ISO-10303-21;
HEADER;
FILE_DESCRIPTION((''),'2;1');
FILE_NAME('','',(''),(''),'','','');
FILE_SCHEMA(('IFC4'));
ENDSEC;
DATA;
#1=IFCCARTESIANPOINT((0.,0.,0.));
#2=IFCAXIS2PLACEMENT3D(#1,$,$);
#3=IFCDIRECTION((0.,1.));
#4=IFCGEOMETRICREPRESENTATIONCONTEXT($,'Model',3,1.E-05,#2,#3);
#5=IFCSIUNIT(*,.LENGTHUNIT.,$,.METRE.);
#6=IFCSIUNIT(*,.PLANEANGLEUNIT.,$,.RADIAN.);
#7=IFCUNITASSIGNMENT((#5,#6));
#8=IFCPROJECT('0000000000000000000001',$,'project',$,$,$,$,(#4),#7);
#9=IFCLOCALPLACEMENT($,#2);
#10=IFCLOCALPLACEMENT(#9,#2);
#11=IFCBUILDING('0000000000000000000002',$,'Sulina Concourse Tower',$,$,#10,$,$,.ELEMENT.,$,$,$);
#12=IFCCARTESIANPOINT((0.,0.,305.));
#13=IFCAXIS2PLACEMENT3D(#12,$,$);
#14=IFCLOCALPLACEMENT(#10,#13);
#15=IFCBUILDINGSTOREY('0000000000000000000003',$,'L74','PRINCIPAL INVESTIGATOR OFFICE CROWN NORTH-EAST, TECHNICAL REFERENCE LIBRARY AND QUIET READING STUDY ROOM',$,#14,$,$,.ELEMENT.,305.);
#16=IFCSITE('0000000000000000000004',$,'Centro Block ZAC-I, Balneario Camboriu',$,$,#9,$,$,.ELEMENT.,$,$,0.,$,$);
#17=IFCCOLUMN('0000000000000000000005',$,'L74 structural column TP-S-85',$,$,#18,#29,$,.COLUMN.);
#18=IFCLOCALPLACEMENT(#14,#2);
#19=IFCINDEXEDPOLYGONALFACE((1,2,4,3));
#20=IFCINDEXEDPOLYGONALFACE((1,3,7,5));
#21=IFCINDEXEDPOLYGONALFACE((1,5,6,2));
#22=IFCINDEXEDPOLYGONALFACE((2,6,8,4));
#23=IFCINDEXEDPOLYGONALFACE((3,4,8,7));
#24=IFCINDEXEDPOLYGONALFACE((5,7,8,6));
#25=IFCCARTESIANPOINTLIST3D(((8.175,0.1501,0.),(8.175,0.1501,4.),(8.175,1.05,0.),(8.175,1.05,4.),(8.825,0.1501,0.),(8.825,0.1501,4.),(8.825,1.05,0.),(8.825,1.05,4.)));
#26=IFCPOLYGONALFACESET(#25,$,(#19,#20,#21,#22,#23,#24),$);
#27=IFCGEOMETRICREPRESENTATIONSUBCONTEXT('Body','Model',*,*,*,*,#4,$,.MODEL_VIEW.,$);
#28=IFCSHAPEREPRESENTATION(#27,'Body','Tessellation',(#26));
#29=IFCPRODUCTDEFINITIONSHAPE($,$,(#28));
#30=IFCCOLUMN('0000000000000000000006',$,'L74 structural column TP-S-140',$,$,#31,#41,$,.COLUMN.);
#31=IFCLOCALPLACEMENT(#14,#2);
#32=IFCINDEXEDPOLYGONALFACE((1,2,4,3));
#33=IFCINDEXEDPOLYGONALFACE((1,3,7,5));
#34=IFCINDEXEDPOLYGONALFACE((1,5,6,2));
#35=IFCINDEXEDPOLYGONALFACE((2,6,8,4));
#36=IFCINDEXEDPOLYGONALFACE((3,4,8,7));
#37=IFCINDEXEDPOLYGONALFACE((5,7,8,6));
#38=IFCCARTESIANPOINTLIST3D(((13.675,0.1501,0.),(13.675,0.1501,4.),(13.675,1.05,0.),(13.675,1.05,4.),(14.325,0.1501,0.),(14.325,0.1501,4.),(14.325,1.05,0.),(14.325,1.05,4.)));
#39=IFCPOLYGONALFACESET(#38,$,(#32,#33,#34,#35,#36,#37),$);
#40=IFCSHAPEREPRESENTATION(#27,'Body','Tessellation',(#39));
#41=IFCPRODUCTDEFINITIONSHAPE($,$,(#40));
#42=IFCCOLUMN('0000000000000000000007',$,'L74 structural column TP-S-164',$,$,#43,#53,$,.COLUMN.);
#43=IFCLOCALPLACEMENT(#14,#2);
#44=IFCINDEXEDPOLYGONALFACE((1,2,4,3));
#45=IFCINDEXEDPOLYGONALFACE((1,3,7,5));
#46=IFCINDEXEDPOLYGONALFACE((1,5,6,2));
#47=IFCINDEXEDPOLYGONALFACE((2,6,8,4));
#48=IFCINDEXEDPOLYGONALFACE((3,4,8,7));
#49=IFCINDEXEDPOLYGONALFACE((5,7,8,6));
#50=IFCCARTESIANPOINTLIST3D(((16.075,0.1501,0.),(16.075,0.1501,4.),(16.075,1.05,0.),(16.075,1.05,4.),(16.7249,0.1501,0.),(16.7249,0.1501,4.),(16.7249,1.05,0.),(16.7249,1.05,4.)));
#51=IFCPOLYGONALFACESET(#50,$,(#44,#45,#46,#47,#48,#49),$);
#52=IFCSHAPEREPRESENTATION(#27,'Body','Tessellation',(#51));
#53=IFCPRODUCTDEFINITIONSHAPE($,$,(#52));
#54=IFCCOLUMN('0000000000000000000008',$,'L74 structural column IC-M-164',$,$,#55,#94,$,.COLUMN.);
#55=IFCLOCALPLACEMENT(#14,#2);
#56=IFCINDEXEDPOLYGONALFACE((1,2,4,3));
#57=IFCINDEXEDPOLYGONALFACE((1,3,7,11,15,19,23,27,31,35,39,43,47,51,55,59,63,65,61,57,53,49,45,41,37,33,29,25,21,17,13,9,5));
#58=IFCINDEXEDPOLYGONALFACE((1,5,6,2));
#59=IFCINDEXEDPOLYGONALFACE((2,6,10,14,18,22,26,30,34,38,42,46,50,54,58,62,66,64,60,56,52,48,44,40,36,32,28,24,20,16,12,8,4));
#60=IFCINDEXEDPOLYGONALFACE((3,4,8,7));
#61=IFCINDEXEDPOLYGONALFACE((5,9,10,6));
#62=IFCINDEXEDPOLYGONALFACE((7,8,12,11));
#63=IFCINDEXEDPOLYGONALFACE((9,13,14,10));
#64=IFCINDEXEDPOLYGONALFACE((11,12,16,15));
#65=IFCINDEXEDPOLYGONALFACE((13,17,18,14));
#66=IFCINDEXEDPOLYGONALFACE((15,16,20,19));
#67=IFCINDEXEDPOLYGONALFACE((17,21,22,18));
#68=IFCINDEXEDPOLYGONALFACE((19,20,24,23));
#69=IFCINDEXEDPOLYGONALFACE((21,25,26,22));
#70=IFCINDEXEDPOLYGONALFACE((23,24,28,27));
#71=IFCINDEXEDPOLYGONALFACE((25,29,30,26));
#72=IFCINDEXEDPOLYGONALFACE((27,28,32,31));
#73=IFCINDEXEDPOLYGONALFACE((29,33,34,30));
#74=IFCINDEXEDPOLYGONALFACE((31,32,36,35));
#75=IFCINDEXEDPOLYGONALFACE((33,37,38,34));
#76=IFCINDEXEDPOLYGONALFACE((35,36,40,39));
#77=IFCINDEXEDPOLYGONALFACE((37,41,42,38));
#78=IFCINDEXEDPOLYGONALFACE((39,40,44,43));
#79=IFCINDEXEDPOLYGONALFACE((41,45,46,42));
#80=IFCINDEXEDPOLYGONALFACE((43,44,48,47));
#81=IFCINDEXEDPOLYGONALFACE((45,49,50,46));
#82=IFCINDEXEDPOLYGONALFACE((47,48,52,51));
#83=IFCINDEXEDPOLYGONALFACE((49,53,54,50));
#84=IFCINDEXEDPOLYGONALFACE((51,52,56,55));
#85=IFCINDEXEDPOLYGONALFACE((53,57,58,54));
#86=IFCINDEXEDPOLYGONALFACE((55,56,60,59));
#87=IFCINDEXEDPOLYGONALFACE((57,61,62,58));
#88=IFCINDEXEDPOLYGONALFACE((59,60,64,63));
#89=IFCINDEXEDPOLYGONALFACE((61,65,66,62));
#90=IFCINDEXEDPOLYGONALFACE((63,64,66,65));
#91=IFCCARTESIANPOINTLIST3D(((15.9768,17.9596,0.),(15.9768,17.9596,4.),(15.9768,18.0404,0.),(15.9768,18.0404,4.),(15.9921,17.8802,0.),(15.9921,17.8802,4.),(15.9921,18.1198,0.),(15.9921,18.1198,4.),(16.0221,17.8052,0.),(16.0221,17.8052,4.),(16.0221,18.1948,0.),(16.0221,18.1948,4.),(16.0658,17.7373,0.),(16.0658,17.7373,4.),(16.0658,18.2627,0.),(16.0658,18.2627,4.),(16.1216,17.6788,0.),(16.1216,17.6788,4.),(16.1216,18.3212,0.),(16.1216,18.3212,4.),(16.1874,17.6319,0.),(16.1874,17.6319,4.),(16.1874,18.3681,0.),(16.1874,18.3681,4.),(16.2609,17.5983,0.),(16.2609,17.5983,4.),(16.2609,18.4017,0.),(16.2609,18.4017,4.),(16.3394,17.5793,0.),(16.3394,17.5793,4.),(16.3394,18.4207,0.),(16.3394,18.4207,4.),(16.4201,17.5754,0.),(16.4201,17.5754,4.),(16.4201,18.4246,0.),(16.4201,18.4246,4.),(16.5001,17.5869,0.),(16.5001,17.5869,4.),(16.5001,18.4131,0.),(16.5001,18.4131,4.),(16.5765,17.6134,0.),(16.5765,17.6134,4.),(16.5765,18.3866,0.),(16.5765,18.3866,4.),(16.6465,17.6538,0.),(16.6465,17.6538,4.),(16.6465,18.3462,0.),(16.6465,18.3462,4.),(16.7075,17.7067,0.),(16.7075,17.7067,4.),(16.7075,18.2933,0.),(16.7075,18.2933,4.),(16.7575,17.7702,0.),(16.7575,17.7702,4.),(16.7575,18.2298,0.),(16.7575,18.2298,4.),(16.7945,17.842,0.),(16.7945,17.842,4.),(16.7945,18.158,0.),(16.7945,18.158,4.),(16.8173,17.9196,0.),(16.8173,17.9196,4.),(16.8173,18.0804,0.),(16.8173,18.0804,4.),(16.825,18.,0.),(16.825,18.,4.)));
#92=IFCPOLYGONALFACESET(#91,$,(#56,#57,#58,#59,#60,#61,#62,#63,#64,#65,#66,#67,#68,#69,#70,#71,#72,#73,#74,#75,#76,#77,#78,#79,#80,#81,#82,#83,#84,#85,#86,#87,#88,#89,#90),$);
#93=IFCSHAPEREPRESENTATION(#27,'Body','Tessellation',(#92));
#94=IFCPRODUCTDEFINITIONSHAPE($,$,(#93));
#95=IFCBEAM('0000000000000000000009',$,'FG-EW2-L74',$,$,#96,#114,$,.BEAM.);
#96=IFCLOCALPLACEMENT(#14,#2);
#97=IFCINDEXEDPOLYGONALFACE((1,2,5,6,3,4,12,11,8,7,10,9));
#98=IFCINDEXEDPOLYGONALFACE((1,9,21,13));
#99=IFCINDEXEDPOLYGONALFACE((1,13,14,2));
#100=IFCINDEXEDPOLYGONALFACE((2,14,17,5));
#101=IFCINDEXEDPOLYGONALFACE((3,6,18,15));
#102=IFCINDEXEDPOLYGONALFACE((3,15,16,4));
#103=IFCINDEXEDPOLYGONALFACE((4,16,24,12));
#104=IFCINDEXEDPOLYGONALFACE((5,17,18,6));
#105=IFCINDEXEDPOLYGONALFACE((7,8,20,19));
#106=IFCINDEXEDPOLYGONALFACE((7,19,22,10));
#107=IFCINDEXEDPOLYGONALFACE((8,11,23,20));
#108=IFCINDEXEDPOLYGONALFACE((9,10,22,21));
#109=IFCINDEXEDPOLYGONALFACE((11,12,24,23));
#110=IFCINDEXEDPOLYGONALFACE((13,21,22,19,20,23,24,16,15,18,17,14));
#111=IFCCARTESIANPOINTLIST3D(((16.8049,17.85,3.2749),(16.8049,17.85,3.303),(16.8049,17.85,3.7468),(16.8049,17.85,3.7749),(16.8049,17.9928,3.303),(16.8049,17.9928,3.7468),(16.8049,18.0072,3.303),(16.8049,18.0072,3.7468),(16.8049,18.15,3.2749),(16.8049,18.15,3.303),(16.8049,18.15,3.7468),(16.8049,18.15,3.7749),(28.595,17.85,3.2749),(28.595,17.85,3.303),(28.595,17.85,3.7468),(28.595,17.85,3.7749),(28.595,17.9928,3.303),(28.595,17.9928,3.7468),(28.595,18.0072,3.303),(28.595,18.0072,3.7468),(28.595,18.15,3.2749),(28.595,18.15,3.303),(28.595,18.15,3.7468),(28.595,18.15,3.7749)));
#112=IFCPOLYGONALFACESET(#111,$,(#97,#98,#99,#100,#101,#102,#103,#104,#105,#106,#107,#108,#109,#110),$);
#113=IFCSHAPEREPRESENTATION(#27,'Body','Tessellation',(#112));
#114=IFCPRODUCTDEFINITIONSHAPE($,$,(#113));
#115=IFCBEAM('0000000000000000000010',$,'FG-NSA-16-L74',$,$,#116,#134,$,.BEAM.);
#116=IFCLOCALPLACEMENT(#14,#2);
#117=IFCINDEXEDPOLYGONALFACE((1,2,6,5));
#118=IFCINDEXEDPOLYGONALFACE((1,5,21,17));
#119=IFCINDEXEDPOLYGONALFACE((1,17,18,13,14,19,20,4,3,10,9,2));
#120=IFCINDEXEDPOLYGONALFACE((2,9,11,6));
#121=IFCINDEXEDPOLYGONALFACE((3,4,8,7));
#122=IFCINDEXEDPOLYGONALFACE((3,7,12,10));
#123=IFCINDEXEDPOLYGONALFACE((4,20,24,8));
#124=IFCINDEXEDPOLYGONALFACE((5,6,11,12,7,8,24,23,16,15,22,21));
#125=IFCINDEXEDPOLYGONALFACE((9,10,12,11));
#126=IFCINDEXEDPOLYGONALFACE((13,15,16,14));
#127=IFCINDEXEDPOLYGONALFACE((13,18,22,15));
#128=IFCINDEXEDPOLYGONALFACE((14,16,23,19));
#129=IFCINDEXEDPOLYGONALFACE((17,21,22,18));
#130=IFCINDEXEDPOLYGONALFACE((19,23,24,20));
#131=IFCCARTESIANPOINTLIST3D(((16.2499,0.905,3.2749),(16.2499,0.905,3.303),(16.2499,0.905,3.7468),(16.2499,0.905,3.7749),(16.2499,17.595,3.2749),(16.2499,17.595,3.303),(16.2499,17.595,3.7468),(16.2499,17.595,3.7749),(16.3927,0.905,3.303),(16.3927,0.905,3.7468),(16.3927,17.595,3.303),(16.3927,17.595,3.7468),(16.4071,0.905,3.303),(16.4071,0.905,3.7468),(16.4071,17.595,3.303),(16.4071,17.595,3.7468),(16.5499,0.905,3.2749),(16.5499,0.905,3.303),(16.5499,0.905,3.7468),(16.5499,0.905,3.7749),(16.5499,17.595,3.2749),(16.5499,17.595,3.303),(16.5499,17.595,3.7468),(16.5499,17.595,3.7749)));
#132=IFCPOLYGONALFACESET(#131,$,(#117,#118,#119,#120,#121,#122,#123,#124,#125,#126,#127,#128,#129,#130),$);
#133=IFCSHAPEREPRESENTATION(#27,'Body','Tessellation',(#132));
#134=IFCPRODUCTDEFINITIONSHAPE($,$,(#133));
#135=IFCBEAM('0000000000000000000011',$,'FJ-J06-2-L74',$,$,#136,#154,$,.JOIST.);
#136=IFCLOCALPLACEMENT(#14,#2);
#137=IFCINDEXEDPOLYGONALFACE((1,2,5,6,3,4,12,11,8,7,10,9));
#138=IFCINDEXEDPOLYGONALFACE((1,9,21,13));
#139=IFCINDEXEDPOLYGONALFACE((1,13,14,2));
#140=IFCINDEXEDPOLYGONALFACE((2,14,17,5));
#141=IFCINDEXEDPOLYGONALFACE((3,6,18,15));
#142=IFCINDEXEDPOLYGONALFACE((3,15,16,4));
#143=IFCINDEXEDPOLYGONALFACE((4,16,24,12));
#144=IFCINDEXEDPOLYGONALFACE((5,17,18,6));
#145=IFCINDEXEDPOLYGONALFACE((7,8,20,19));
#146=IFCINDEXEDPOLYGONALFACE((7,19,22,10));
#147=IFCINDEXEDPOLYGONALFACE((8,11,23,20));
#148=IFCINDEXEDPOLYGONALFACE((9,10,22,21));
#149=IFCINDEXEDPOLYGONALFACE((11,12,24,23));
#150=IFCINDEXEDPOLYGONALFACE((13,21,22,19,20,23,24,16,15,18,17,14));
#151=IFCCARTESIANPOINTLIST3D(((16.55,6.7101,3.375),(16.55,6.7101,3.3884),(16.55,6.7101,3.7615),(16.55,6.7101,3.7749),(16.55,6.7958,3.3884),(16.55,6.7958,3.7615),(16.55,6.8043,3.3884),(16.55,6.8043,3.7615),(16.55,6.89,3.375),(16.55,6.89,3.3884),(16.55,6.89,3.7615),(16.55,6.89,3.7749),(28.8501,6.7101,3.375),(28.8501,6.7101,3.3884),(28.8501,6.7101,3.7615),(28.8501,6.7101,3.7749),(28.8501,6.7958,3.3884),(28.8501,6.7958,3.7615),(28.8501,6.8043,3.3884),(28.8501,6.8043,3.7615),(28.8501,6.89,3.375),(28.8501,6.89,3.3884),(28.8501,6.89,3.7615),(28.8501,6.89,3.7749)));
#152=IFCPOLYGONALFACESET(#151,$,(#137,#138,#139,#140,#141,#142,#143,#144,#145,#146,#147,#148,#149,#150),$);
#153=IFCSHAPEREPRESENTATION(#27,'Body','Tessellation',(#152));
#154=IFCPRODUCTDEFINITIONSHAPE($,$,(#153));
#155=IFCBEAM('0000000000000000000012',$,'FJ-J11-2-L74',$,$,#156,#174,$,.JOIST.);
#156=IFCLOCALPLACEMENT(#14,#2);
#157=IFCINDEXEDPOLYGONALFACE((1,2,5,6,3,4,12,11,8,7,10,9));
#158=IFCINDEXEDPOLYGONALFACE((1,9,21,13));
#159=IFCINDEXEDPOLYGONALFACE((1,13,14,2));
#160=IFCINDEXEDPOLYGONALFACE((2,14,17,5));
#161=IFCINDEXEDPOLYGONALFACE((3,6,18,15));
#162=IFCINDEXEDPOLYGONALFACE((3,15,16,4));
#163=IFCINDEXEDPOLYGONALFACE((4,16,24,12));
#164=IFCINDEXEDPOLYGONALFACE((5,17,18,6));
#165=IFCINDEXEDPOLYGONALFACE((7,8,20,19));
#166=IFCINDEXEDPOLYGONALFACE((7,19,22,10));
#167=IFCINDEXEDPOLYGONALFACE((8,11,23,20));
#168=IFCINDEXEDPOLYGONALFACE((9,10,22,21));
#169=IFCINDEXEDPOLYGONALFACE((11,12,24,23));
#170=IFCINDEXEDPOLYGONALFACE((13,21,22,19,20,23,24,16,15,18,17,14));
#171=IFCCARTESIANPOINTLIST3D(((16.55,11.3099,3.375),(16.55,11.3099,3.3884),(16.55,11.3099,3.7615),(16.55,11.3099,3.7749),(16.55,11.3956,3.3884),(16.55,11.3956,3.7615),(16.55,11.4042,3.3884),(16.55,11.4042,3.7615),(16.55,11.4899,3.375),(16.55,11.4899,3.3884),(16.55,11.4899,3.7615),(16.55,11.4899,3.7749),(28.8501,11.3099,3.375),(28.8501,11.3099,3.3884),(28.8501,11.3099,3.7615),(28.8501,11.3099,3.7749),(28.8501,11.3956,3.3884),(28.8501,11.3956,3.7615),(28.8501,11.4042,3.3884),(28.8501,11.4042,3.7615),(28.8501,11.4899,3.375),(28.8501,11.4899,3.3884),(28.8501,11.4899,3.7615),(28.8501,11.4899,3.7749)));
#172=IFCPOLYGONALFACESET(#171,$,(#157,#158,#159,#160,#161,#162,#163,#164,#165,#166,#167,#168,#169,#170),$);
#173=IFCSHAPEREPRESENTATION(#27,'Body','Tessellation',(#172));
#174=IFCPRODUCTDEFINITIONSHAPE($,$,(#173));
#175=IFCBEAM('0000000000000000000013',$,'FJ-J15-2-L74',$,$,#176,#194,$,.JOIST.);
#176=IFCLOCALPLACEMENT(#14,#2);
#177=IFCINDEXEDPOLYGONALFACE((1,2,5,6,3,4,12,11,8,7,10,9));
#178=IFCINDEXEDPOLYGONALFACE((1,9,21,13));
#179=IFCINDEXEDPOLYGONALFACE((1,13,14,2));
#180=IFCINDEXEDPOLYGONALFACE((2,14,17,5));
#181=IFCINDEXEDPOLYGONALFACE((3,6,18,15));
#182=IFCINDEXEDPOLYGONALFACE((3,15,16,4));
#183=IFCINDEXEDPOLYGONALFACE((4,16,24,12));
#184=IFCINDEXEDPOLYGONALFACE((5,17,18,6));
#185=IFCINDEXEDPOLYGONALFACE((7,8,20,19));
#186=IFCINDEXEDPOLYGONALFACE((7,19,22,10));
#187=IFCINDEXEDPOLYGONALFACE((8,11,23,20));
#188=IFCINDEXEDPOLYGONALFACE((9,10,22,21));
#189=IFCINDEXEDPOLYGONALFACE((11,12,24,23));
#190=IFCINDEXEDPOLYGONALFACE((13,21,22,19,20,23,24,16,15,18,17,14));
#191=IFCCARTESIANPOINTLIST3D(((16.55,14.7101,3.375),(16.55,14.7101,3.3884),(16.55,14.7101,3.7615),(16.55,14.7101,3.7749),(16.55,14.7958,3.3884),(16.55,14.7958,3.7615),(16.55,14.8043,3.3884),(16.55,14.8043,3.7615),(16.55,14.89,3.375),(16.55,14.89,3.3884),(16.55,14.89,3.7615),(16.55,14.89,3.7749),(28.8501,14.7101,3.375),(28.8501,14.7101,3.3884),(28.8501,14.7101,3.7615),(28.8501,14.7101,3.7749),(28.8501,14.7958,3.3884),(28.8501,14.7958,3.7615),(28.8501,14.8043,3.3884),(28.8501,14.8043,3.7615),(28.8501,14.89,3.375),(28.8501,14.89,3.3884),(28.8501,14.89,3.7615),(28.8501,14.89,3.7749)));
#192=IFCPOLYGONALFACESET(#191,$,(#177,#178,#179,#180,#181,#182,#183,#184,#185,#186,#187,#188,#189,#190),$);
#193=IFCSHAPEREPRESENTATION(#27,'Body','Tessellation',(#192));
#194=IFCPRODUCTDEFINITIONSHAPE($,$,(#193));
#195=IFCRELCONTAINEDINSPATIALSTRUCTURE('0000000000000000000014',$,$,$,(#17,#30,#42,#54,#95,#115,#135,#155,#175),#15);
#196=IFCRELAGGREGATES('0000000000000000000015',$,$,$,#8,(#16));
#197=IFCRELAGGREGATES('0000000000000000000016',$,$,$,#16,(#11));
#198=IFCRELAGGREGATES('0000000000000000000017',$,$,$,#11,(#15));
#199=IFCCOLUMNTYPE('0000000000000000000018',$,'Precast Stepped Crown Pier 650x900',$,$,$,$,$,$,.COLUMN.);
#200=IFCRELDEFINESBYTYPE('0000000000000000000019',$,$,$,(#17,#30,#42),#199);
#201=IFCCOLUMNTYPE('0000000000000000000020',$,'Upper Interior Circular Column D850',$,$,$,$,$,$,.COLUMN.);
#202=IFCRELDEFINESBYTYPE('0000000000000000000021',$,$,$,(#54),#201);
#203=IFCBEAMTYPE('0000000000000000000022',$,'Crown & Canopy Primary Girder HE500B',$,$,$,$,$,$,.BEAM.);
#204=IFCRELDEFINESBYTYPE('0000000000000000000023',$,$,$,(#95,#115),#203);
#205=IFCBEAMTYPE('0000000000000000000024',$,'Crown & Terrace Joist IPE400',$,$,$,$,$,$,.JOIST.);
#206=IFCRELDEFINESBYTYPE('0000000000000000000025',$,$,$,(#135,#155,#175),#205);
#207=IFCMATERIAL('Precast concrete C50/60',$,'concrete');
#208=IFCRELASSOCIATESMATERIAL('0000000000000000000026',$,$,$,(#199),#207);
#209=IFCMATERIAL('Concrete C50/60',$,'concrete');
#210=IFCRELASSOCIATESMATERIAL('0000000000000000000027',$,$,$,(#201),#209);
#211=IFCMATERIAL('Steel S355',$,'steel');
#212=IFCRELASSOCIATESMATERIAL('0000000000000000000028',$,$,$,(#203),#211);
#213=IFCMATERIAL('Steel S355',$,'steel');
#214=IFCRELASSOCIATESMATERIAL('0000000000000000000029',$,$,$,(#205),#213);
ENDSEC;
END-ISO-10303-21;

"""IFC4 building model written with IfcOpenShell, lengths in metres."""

from ifc_helpers import new_model, si_unit, direction, frame, origin, origin_2d, place, context, subcontext, project, spatial, rectangle, circle, i_section, extrude, material, material_profile, profile_set, type_object, element, save


model = new_model("IFC4")

# Units and contexts
model_context = context("Model", 3, precision=1e-05, world=origin(), true_north=direction((0.0, 1.0)))
body_context = subcontext(model_context, "Body", "Model", "MODEL_VIEW")
ifc_project = project(units=[si_unit("LENGTHUNIT", "METRE"), si_unit("PLANEANGLEUNIT", "RADIAN")], contexts=[model_context])

# Site, building, storey
site_placement = place(None, origin())
site = spatial("IfcSite", under=ifc_project, at=site_placement, Name="Centro Block ZAC-I, Balneario Camboriu", CompositionType="ELEMENT", RefElevation=0.0)
building_placement = place(site_placement, origin())
building = spatial("IfcBuilding", under=site, at=building_placement, Name="Sulina Concourse Tower", CompositionType="ELEMENT")
storey_placement = place(building_placement, frame((0.0, 0.0, 305.0)))
storey = spatial("IfcBuildingStorey", under=building, at=storey_placement, Name="L74", Description="PRINCIPAL INVESTIGATOR OFFICE CROWN NORTH-EAST, TECHNICAL REFERENCE LIBRARY AND QUIET READING STUDY ROOM", CompositionType="ELEMENT", Elevation=305.0)

# Columns
ifc_material_1 = material(Name="Precast concrete C50/60", Category="concrete")
ifc_material_profile_1 = material_profile(ifc_material_1, rectangle(XDim=0.6499, YDim=0.8999, at=origin_2d()), Name="PC 650x900")
ifc_profile_set_1 = profile_set([ifc_material_profile_1], Name="Precast concrete C50/60")
column_type_1 = type_object("IfcColumnType", Name="Precast Stepped Crown Pier 650x900", PredefinedType="COLUMN", material=ifc_profile_set_1)
for number, where, z_axis, x_axis, name in (
    (1, (8.5, 0.6001, 0.0), (0.0, 0.0, 1.0), (1.0, 0.0, 0.0), "L74 structural column TP-S-85"),
    (2, (14.0, 0.6001, 0.0), (0.0, 0.0, 1.0), (1.0, 0.0, 0.0), "L74 structural column TP-S-140"),
    (3, (16.3999, 0.6001, 0.0), (0.0, 0.0, 1.0), (1.0, 0.0, 0.0), "L74 structural column TP-S-164"),
):
    element("IfcColumn", number, at=place(storey_placement, frame(where, z_axis=z_axis, x_axis=x_axis)), inside=storey, type_object=column_type_1, Name=name, PredefinedType="COLUMN", context=body_context, shape_type="SweptSolid", body=[
        extrude(rectangle(XDim=0.6499, YDim=0.8999, at=origin_2d()), origin(), (0.0, 0.0, 1.0), 4.0),
    ])
ifc_material_2 = material(Name="Concrete C50/60", Category="concrete")
ifc_material_profile_2 = material_profile(ifc_material_2, circle(Radius=0.425, at=origin_2d()), Name="RC D850")
ifc_profile_set_2 = profile_set([ifc_material_profile_2], Name="Concrete C50/60")
column_type_2 = type_object("IfcColumnType", Name="Upper Interior Circular Column D850", PredefinedType="COLUMN", material=ifc_profile_set_2)
column_placement = place(storey_placement, frame((16.3999, 18.0, 0.0), z_axis=(0.0, 0.0, 1.0), x_axis=(1.0, 0.0, 0.0)))
element("IfcColumn", 4, at=column_placement, inside=storey, type_object=column_type_2, Name="L74 structural column IC-M-164", PredefinedType="COLUMN", context=body_context, shape_type="SweptSolid", body=[
    extrude(circle(Radius=0.425, at=origin_2d()), origin(), (0.0, 0.0, 1.0), 4.0),
])

# Beams
ifc_material_3 = material(Name="Steel S355", Category="steel")
ifc_material_profile_3 = material_profile(ifc_material_3, i_section(OverallWidth=0.3, OverallDepth=0.5, WebThickness=0.0144, FlangeThickness=0.0281, at=origin_2d()), Name="HE 500 B")
ifc_profile_set_3 = profile_set([ifc_material_profile_3], Name="Steel S355")
beam_type_1 = type_object("IfcBeamType", Name="Crown & Canopy Primary Girder HE500B", PredefinedType="BEAM", material=ifc_profile_set_3)
beam_1_placement = place(storey_placement, frame((16.8049, 18.0, 3.5249), z_axis=(1.0, 0.0, 0.0), x_axis=(0.0, 1.0, 0.0)))
element("IfcBeam", 5, at=beam_1_placement, inside=storey, type_object=beam_type_1, Name="FG-EW2-L74", PredefinedType="BEAM", context=body_context, shape_type="SweptSolid", body=[
    extrude(i_section(OverallWidth=0.3, OverallDepth=0.5, WebThickness=0.0144, FlangeThickness=0.0281, at=origin_2d()), origin(), (0.0, 0.0, 1.0), 11.79),
])
beam_2_placement = place(storey_placement, frame((16.3999, 0.905, 3.5249), z_axis=(0.0, 1.0, 0.0), x_axis=(-1.0, 0.0, 0.0)))
element("IfcBeam", 6, at=beam_2_placement, inside=storey, type_object=beam_type_1, Name="FG-NSA-16-L74", PredefinedType="BEAM", context=body_context, shape_type="SweptSolid", body=[
    extrude(i_section(OverallWidth=0.3, OverallDepth=0.5, WebThickness=0.0144, FlangeThickness=0.0281, at=origin_2d()), origin(), (0.0, 0.0, 1.0), 16.6899),
])
ifc_material_4 = material(Name="Steel S355", Category="steel")
ifc_material_profile_4 = material_profile(ifc_material_4, i_section(OverallWidth=0.1799, OverallDepth=0.3999, WebThickness=0.0085, FlangeThickness=0.0134, at=origin_2d()), Name="IPE 400")
ifc_profile_set_4 = profile_set([ifc_material_profile_4], Name="Steel S355")
beam_type_2 = type_object("IfcBeamType", Name="Crown & Terrace Joist IPE400", PredefinedType="JOIST", material=ifc_profile_set_4)
for number, where, z_axis, x_axis, name in (
    (7, (16.55, 6.8, 3.575), (1.0, 0.0, 0.0), (0.0, 1.0, 0.0), "FJ-J06-2-L74"),
    (8, (16.55, 11.3999, 3.575), (1.0, 0.0, 0.0), (0.0, 1.0, 0.0), "FJ-J11-2-L74"),
    (9, (16.55, 14.8, 3.575), (1.0, 0.0, 0.0), (0.0, 1.0, 0.0), "FJ-J15-2-L74"),
):
    element("IfcBeam", number, at=place(storey_placement, frame(where, z_axis=z_axis, x_axis=x_axis)), inside=storey, type_object=beam_type_2, Name=name, PredefinedType="JOIST", context=body_context, shape_type="SweptSolid", body=[
        extrude(i_section(OverallWidth=0.1799, OverallDepth=0.3999, WebThickness=0.0085, FlangeThickness=0.0134, at=origin_2d()), origin(), (0.0, 0.0, 1.0), 12.3),
    ])

save(model, "model.ifc")
